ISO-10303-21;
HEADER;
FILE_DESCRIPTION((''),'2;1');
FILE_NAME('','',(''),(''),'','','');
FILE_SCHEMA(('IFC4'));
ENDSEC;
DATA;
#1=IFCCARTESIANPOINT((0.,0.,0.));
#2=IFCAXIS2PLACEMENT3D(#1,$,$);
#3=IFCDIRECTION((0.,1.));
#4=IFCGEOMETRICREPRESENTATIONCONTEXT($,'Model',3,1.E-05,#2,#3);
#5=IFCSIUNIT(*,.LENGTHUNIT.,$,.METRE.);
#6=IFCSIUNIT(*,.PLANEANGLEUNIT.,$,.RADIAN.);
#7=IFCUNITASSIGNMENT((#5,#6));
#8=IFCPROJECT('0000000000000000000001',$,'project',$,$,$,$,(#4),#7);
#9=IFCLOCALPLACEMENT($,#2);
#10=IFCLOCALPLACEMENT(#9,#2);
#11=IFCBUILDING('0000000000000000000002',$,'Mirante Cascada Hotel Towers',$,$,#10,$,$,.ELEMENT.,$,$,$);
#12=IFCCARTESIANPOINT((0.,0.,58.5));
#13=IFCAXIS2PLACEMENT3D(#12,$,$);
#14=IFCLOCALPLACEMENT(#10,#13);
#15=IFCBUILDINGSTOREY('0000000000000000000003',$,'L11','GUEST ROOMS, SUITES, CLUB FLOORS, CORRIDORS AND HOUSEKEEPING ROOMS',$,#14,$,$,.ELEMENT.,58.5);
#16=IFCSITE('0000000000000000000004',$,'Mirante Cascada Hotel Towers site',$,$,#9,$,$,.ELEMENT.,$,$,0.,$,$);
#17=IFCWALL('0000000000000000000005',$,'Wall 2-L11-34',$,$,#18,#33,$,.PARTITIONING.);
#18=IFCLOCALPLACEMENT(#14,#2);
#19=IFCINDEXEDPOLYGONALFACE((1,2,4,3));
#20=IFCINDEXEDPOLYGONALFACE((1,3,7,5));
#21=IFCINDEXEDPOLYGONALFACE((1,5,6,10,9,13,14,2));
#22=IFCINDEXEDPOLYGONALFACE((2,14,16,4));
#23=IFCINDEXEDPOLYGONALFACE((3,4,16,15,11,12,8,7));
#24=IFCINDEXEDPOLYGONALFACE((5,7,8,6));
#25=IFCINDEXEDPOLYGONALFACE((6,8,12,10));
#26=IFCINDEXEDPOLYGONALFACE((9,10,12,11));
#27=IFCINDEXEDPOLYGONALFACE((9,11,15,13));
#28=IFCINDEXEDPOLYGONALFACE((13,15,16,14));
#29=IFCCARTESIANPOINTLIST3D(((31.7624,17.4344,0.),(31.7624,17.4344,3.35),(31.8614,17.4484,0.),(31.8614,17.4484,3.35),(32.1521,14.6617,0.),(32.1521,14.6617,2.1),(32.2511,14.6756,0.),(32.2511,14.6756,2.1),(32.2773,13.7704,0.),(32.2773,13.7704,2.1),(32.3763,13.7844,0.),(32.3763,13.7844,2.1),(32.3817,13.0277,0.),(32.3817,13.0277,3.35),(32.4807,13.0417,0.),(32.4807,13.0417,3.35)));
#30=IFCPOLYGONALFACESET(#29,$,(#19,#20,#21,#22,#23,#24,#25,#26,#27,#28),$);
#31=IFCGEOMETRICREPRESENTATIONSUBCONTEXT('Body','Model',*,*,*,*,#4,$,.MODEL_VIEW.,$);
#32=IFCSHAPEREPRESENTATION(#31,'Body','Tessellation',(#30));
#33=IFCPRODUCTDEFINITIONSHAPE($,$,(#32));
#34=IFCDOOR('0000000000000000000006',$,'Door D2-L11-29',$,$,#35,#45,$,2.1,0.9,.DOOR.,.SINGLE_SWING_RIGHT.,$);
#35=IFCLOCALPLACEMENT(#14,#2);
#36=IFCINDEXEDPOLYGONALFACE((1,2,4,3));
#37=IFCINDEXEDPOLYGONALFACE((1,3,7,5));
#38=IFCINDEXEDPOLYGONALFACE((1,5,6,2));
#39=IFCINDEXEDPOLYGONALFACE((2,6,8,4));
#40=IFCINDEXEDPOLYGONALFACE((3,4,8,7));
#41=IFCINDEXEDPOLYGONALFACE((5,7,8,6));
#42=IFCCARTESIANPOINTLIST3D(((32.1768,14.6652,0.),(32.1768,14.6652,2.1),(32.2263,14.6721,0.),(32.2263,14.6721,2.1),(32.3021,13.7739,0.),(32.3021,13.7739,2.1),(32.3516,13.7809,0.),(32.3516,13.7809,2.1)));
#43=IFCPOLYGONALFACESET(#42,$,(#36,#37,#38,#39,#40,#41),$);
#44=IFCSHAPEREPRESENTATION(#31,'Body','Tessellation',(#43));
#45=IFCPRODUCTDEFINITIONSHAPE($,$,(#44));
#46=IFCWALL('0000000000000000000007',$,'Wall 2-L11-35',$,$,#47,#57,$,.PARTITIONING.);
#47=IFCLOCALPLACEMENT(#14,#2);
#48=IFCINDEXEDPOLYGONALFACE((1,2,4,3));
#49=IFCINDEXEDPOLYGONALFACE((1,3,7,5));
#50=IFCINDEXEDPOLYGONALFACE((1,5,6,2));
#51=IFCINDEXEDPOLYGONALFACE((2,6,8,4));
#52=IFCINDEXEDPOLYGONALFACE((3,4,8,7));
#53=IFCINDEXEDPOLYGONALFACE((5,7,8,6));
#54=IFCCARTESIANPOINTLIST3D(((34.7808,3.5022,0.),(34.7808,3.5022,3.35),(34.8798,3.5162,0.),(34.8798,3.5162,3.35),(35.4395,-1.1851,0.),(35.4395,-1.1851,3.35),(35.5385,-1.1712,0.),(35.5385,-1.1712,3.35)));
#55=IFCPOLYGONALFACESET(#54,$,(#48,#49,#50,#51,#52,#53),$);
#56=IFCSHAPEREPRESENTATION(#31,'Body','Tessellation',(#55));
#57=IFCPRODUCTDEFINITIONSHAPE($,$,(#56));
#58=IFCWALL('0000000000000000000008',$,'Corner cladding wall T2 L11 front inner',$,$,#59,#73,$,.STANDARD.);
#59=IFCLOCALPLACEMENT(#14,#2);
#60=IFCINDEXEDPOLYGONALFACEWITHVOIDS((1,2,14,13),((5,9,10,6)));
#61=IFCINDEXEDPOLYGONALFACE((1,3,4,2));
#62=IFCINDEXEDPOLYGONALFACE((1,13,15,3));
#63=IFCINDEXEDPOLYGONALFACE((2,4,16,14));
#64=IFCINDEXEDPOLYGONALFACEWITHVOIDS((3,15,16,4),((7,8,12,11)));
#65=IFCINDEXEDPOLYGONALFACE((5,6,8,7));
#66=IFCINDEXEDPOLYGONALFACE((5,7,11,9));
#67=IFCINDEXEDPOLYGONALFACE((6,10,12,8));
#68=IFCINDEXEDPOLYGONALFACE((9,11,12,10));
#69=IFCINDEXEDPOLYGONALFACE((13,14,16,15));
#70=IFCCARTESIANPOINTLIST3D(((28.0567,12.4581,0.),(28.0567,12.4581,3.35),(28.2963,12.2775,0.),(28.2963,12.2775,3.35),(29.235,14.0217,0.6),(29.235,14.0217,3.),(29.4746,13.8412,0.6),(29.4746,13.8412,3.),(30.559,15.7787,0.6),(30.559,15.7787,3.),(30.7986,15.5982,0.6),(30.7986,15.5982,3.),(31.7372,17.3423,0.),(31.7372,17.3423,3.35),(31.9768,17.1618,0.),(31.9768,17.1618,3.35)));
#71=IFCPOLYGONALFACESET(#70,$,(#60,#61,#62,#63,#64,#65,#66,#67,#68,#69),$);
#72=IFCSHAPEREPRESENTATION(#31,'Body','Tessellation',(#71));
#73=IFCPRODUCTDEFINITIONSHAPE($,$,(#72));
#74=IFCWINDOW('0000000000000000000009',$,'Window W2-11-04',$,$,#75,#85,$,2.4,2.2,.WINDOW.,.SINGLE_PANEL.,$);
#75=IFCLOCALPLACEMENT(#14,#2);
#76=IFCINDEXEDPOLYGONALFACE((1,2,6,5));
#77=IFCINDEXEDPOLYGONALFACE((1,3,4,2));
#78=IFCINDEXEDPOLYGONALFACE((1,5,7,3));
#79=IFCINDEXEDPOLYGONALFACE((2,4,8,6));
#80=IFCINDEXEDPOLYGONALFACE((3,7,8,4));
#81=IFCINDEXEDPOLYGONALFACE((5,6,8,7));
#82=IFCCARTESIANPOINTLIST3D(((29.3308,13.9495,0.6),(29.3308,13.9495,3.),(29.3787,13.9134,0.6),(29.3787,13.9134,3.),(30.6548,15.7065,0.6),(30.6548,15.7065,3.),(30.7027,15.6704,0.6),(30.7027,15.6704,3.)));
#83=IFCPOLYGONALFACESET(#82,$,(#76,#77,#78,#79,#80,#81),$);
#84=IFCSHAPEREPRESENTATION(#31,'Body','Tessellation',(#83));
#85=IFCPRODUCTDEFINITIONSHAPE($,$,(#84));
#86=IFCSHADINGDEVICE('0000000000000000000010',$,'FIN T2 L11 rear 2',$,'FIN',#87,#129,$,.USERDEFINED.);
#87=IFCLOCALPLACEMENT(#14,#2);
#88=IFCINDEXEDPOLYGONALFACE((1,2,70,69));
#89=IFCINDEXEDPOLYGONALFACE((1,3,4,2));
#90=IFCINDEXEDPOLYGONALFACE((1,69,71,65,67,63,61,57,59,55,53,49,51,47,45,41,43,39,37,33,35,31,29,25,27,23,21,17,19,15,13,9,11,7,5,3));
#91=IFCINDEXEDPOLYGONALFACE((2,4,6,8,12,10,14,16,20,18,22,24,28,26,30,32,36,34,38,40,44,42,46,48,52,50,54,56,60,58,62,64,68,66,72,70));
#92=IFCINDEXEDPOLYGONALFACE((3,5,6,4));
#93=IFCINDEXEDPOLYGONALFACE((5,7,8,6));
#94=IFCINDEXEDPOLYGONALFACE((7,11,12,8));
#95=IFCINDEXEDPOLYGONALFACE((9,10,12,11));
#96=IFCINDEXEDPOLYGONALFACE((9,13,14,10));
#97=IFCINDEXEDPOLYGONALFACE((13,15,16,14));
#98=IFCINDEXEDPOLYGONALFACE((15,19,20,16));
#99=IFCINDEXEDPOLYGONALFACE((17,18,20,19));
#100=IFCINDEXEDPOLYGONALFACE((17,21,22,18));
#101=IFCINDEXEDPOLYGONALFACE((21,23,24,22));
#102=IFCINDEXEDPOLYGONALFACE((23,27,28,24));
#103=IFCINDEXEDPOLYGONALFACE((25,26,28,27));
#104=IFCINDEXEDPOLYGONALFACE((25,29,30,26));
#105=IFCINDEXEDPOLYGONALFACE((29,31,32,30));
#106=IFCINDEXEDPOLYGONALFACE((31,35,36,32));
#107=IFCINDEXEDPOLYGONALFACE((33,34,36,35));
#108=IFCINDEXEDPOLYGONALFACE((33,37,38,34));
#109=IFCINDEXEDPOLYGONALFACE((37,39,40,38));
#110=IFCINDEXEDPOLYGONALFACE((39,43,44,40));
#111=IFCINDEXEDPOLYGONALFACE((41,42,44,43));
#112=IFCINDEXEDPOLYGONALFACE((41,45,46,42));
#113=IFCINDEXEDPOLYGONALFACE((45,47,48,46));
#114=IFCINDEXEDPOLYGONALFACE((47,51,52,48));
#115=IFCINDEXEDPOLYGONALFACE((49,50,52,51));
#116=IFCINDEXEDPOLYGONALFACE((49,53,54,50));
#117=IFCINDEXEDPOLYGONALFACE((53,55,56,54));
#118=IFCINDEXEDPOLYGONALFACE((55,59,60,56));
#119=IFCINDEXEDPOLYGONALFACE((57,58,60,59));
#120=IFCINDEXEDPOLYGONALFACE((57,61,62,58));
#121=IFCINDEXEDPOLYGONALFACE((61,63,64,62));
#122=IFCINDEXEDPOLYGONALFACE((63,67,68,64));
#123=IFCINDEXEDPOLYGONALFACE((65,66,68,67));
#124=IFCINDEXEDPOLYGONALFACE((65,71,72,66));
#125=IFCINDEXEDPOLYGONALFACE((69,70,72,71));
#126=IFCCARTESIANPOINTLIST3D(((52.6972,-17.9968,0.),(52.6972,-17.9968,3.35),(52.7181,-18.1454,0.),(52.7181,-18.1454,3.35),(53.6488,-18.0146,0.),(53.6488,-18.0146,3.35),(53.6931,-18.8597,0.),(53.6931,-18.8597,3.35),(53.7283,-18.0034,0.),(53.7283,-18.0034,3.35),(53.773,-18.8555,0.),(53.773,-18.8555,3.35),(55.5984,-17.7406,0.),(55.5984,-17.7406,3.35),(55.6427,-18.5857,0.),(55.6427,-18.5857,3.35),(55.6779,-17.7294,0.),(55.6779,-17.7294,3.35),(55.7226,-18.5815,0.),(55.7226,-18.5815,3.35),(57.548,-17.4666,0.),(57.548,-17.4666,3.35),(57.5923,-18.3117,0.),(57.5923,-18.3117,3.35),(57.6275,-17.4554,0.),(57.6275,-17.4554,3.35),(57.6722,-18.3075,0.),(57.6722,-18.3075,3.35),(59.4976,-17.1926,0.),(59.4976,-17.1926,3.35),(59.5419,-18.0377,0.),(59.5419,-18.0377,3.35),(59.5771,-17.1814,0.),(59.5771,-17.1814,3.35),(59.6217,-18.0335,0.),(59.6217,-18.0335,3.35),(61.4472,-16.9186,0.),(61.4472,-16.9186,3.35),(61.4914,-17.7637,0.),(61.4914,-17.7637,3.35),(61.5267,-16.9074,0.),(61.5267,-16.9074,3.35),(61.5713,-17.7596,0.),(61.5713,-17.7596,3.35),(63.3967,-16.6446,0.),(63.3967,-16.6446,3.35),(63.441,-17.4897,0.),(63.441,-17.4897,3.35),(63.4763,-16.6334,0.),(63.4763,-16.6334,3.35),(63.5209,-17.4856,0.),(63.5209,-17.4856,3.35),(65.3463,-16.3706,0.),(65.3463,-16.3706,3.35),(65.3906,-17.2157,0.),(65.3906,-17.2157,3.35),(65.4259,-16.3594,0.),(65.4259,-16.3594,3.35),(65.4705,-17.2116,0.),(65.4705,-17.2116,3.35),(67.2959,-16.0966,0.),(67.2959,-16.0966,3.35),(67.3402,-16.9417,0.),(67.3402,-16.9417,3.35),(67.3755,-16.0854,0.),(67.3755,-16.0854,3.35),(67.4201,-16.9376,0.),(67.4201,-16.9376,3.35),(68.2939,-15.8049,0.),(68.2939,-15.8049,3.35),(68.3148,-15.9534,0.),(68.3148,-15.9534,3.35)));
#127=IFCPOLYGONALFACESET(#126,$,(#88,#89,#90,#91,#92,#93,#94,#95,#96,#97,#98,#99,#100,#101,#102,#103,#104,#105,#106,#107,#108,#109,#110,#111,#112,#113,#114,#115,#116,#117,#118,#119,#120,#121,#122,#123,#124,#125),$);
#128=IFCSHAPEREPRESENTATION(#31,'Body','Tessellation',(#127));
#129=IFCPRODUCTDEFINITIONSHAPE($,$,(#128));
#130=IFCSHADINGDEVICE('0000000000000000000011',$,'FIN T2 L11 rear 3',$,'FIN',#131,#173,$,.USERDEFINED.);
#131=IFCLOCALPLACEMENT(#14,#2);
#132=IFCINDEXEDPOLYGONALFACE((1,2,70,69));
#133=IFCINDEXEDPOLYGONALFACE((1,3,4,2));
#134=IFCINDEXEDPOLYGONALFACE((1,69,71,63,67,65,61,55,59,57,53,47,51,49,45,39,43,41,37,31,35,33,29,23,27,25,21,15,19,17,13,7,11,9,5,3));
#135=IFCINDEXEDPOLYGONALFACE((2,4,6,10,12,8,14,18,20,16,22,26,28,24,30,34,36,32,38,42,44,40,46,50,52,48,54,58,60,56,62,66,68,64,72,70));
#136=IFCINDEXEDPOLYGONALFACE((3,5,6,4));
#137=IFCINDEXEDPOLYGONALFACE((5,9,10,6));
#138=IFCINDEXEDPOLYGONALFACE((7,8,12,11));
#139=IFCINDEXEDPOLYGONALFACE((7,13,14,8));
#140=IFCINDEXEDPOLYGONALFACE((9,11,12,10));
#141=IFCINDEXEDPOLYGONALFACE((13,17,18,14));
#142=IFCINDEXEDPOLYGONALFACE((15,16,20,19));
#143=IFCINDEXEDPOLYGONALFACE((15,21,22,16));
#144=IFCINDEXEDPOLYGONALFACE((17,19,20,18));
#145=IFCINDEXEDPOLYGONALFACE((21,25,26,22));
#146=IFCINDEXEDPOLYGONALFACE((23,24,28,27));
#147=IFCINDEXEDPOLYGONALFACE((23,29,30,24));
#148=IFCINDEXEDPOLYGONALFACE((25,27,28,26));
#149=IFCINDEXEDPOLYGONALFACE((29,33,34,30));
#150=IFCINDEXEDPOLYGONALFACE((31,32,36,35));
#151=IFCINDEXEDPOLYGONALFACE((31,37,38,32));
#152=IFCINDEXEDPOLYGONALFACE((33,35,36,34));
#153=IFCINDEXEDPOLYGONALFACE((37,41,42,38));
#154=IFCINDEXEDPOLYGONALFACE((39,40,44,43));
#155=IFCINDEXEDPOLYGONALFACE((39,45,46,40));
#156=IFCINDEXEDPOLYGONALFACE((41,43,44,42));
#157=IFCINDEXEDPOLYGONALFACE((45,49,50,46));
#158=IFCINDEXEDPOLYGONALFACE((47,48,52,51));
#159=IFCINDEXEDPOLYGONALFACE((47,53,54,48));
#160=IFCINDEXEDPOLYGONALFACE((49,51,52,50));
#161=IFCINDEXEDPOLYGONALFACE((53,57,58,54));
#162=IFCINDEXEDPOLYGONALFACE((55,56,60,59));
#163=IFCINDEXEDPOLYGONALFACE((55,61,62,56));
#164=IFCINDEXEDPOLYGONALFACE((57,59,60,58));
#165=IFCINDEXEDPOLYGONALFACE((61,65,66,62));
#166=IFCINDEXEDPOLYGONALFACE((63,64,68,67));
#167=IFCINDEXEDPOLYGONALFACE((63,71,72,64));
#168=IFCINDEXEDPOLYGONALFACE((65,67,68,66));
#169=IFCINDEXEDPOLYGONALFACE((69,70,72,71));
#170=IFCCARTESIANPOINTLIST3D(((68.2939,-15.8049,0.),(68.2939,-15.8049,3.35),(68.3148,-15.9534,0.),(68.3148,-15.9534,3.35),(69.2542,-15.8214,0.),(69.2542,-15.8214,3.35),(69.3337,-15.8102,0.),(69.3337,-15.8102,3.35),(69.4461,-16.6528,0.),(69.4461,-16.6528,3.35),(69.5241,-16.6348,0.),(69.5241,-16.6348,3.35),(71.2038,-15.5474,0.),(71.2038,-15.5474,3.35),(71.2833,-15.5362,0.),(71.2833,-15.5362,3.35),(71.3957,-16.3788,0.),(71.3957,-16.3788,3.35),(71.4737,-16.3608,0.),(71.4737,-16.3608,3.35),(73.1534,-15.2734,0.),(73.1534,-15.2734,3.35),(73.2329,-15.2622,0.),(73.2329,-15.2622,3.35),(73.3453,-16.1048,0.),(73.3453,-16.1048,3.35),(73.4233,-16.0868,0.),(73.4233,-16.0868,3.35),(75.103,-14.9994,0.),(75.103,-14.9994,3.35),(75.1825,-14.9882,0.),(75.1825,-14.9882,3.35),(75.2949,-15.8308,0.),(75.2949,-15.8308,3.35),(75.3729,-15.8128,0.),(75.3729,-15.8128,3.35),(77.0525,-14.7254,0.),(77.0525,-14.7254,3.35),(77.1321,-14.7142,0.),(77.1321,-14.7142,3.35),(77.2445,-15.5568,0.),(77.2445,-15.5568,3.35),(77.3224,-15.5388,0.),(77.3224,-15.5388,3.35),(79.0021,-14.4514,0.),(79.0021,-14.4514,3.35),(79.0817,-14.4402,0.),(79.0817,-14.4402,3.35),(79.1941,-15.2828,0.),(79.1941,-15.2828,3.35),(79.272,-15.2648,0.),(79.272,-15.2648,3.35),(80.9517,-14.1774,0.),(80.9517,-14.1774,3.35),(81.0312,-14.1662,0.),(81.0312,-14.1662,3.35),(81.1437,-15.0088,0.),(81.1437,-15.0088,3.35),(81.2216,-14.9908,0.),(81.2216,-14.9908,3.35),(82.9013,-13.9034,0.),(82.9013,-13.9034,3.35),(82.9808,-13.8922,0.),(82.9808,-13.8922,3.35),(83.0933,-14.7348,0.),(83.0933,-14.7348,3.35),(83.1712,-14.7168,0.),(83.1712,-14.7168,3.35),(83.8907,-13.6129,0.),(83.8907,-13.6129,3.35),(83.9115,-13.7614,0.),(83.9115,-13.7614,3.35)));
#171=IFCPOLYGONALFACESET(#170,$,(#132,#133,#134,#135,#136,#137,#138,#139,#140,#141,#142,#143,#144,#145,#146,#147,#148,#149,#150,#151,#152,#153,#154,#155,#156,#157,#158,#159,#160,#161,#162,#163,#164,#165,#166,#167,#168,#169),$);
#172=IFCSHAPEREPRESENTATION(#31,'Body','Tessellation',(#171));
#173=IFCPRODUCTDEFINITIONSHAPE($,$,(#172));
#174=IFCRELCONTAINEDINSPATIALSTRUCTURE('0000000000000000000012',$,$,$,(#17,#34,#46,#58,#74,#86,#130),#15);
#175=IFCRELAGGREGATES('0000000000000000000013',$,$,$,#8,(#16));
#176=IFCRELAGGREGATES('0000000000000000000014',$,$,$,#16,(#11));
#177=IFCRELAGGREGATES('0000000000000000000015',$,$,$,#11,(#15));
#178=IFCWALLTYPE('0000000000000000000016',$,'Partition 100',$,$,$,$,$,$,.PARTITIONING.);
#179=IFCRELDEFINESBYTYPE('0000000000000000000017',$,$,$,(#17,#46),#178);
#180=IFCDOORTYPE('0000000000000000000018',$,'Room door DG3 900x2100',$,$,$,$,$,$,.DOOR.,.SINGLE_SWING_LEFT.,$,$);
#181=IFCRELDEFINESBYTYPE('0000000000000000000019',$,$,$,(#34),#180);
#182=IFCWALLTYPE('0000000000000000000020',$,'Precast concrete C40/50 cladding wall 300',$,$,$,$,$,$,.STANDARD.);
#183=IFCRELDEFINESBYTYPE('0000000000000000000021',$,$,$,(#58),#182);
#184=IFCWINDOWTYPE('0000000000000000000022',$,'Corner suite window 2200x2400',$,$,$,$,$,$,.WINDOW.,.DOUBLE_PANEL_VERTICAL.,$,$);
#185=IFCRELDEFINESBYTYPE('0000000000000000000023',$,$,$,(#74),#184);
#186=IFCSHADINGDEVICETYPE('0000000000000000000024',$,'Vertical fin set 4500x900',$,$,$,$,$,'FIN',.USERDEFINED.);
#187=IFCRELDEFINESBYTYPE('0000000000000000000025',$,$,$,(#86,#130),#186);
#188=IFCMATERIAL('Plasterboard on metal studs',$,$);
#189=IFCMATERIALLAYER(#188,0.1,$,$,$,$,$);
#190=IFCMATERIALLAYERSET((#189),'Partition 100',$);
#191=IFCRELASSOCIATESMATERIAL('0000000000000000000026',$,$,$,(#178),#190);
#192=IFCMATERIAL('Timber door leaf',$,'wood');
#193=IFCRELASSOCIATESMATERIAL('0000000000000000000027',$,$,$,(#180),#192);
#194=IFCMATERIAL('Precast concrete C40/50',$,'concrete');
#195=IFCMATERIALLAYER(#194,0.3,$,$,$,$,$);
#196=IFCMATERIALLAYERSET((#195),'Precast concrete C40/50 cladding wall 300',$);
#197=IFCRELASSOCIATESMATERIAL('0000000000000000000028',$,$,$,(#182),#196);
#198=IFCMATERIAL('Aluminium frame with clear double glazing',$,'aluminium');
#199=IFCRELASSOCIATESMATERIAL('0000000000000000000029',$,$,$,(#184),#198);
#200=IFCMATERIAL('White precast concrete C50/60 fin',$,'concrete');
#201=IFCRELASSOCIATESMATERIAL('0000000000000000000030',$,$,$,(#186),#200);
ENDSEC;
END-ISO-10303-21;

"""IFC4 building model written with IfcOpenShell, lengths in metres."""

from ifc_helpers import new_model, si_unit, direction, frame, frame_2d, origin, place, context, subcontext, project, spatial, polyline, rectangle, outline, extrude, material, layer, layer_set, type_object, element, fill, save


model = new_model("IFC4")

# Units and contexts
model_context = context("Model", 3, precision=1e-05, world=origin(), true_north=direction((0.0, 1.0)))
body_context = subcontext(model_context, "Body", "Model", "MODEL_VIEW")
ifc_project = project(units=[si_unit("LENGTHUNIT", "METRE"), si_unit("PLANEANGLEUNIT", "RADIAN")], contexts=[model_context])

# Site, building, storey
site_placement = place(None, origin())
site = spatial("IfcSite", under=ifc_project, at=site_placement, Name="Mirante Cascada Hotel Towers site", CompositionType="ELEMENT", RefElevation=0.0)
building_placement = place(site_placement, origin())
building = spatial("IfcBuilding", under=site, at=building_placement, Name="Mirante Cascada Hotel Towers", CompositionType="ELEMENT")
storey_placement = place(building_placement, frame((0.0, 0.0, 58.5)))
storey = spatial("IfcBuildingStorey", under=building, at=storey_placement, Name="L11", Description="GUEST ROOMS, SUITES, CLUB FLOORS, CORRIDORS AND HOUSEKEEPING ROOMS", CompositionType="ELEMENT", Elevation=58.5)

# Shared definitions
ifc_material_1 = material(Name="Plasterboard on metal studs")
ifc_layer_1 = layer(ifc_material_1, 0.1)
ifc_layer_set_1 = layer_set([ifc_layer_1], Name="Partition 100")
wall_type_1 = type_object("IfcWallType", Name="Partition 100", PredefinedType="PARTITIONING", material=ifc_layer_set_1)

# Shared definitions
ifc_material_2 = material(Name="Timber door leaf", Category="wood")
door_type = type_object("IfcDoorType", Name="Room door DG3 900x2100", OperationType="SINGLE_SWING_LEFT", PredefinedType="DOOR", material=ifc_material_2)

# Wall, opening, door
wall_1_placement = place(storey_placement, frame((32.4312, 13.0347, 0.0), z_axis=(0.0, 0.0, 1.0), x_axis=(-0.139168, 0.990269, 0.0)))
wall_1 = element("IfcWall", 1, at=wall_1_placement, inside=storey, type_object=wall_type_1, Name="Wall 2-L11-34", PredefinedType="PARTITIONING", context=body_context, shape_type="SweptSolid", body=[
    extrude(rectangle(XDim=4.45, YDim=0.1, at=frame_2d((2.225, 0.0))), origin(), (0.0, 0.0, 1.0), 3.35),
])
opening_1_placement = place(wall_1_placement, frame((0.75, 0.0, 0.0)))
opening_1 = element("IfcOpeningElement", 2, at=opening_1_placement, cuts=wall_1, PredefinedType="OPENING", context=body_context, shape_type="SweptSolid", body=[
    extrude(rectangle(XDim=0.9, YDim=2.1, at=frame_2d((0.45, 1.05))), frame((0.0, 0.05, 0.0), z_axis=(0.0, -1.0, 0.0), x_axis=(1.0, 0.0, 0.0)), (0.0, 0.0, 1.0), 0.1),
])
door_1_placement = place(opening_1_placement, frame((0.9, 0.0, 0.0), z_axis=(0.0, 0.0, 1.0), x_axis=(-1.0, 0.0, 0.0)))
door_1 = element("IfcDoor", 3, at=door_1_placement, inside=storey, type_object=door_type, Name="Door D2-L11-29", OperationType="SINGLE_SWING_RIGHT", OverallHeight=2.1, OverallWidth=0.9, PredefinedType="DOOR", context=body_context, shape_type="SweptSolid", body=[
    extrude(rectangle(XDim=0.9, YDim=2.1, at=frame_2d((0.45, 1.05))), frame((0.0, 0.025, 0.0), z_axis=(0.0, -1.0, 0.0), x_axis=(1.0, 0.0, 0.0)), (0.0, 0.0, 1.0), 0.05),
])
fill(opening_1, door_1)

# Wall
wall_2_placement = place(storey_placement, frame((34.8303, 3.5092, 0.0), z_axis=(0.0, 0.0, 1.0), x_axis=(0.139161, -0.99027, 0.0)))
element("IfcWall", 4, at=wall_2_placement, inside=storey, type_object=wall_type_1, Name="Wall 2-L11-35", PredefinedType="PARTITIONING", context=body_context, shape_type="SweptSolid", body=[
    extrude(rectangle(XDim=4.7334, YDim=0.1, at=frame_2d((2.3667, 0.0))), origin(), (0.0, 0.0, 1.0), 3.35),
])

# Wall, opening, window
ifc_material_3 = material(Name="Precast concrete C40/50", Category="concrete")
ifc_layer_2 = layer(ifc_material_3, 0.3)
ifc_layer_set_2 = layer_set([ifc_layer_2], Name="Precast concrete C40/50 cladding wall 300")
wall_type_2 = type_object("IfcWallType", Name="Precast concrete C40/50 cladding wall 300", PredefinedType="STANDARD", material=ifc_layer_set_2)
wall_3_placement = place(storey_placement, frame((31.857, 17.252, 0.0), z_axis=(0.0, 0.0, 1.0), x_axis=(-0.601814, -0.798636, 0.0)))
wall_3 = element("IfcWall", 5, at=wall_3_placement, inside=storey, type_object=wall_type_2, Name="Corner cladding wall T2 L11 front inner", PredefinedType="STANDARD", context=body_context, shape_type="SweptSolid", body=[
    extrude(rectangle(XDim=6.1157, YDim=0.3, at=frame_2d((3.0578, 0.0))), origin(), (0.0, 0.0, 1.0), 3.35),
])
opening_2_placement = place(wall_3_placement, frame((1.9578, 0.0, 0.6)))
opening_2 = element("IfcOpeningElement", 6, at=opening_2_placement, cuts=wall_3, PredefinedType="OPENING", context=body_context, shape_type="SweptSolid", body=[
    extrude(rectangle(XDim=2.2, YDim=2.4, at=frame_2d((1.1, 1.2))), frame((0.0, 0.15, 0.0), z_axis=(0.0, -1.0, 0.0), x_axis=(1.0, 0.0, 0.0)), (0.0, 0.0, 1.0), 0.3),
])
ifc_material_4 = material(Name="Aluminium frame with clear double glazing", Category="aluminium")
window_type = type_object("IfcWindowType", Name="Corner suite window 2200x2400", PartitioningType="DOUBLE_PANEL_VERTICAL", PredefinedType="WINDOW", material=ifc_material_4)
window_placement = place(opening_2_placement, origin())
window = element("IfcWindow", 7, at=window_placement, inside=storey, type_object=window_type, Name="Window W2-11-04", OverallHeight=2.4, OverallWidth=2.2, PartitioningType="SINGLE_PANEL", PredefinedType="WINDOW", context=body_context, shape_type="SweptSolid", body=[
    extrude(rectangle(XDim=2.2, YDim=2.4, at=frame_2d((1.1, 1.2))), frame((0.0, 0.03, 0.0), z_axis=(0.0, -1.0, 0.0), x_axis=(1.0, 0.0, 0.0)), (0.0, 0.0, 1.0), 0.06),
])
fill(opening_2, window)

# Shading devices
ifc_material_5 = material(Name="White precast concrete C50/60 fin", Category="concrete")
shading_device_type = type_object("IfcShadingDeviceType", Name="Vertical fin set 4500x900", ElementType="FIN", PredefinedType="USERDEFINED", material=ifc_material_5)
shading_device_1_placement = place(storey_placement, origin())
element("IfcShadingDevice", 8, at=shading_device_1_placement, inside=storey, type_object=shading_device_type, Name="FIN T2 L11 rear 2", ObjectType="FIN", PredefinedType="USERDEFINED", context=body_context, shape_type="SweptSolid", body=[
    extrude(outline(polyline([(53.6931, -18.8597), (53.6488, -18.0146), (52.7181, -18.1454), (52.6972, -17.9968), (68.2939, -15.8049), (68.3148, -15.9534), (67.3755, -16.0854), (67.4201, -16.9376), (67.3402, -16.9417), (67.2959, -16.0966), (65.4259, -16.3594), (65.4705, -17.2116), (65.3906, -17.2157), (65.3463, -16.3706), (63.4763, -16.6334), (63.5209, -17.4856), (63.441, -17.4897), (63.3967, -16.6446), (61.5267, -16.9074), (61.5713, -17.7596), (61.4914, -17.7637), (61.4472, -16.9186), (59.5771, -17.1814), (59.6217, -18.0335), (59.5419, -18.0377), (59.4976, -17.1926), (57.6275, -17.4554), (57.6722, -18.3075), (57.5923, -18.3117), (57.548, -17.4666), (55.6779, -17.7294), (55.7226, -18.5815), (55.6427, -18.5857), (55.5984, -17.7406), (53.7283, -18.0034), (53.773, -18.8555), (53.6931, -18.8597)])), origin(), (0.0, 0.0, 1.0), 3.35),
])
shading_device_2_placement = place(storey_placement, origin())
element("IfcShadingDevice", 9, at=shading_device_2_placement, inside=storey, type_object=shading_device_type, Name="FIN T2 L11 rear 3", ObjectType="FIN", PredefinedType="USERDEFINED", context=body_context, shape_type="SweptSolid", body=[
    extrude(outline(polyline([(69.4461, -16.6528), (69.2542, -15.8214), (68.3148, -15.9534), (68.2939, -15.8049), (83.8907, -13.6129), (83.9115, -13.7614), (82.9808, -13.8922), (83.1712, -14.7168), (83.0933, -14.7348), (82.9013, -13.9034), (81.0312, -14.1662), (81.2216, -14.9908), (81.1437, -15.0088), (80.9517, -14.1774), (79.0817, -14.4402), (79.272, -15.2648), (79.1941, -15.2828), (79.0021, -14.4514), (77.1321, -14.7142), (77.3224, -15.5388), (77.2445, -15.5568), (77.0525, -14.7254), (75.1825, -14.9882), (75.3729, -15.8128), (75.2949, -15.8308), (75.103, -14.9994), (73.2329, -15.2622), (73.4233, -16.0868), (73.3453, -16.1048), (73.1534, -15.2734), (71.2833, -15.5362), (71.4737, -16.3608), (71.3957, -16.3788), (71.2038, -15.5474), (69.3337, -15.8102), (69.5241, -16.6348), (69.4461, -16.6528)])), origin(), (0.0, 0.0, 1.0), 3.35),
])

save(model, "model.ifc")
